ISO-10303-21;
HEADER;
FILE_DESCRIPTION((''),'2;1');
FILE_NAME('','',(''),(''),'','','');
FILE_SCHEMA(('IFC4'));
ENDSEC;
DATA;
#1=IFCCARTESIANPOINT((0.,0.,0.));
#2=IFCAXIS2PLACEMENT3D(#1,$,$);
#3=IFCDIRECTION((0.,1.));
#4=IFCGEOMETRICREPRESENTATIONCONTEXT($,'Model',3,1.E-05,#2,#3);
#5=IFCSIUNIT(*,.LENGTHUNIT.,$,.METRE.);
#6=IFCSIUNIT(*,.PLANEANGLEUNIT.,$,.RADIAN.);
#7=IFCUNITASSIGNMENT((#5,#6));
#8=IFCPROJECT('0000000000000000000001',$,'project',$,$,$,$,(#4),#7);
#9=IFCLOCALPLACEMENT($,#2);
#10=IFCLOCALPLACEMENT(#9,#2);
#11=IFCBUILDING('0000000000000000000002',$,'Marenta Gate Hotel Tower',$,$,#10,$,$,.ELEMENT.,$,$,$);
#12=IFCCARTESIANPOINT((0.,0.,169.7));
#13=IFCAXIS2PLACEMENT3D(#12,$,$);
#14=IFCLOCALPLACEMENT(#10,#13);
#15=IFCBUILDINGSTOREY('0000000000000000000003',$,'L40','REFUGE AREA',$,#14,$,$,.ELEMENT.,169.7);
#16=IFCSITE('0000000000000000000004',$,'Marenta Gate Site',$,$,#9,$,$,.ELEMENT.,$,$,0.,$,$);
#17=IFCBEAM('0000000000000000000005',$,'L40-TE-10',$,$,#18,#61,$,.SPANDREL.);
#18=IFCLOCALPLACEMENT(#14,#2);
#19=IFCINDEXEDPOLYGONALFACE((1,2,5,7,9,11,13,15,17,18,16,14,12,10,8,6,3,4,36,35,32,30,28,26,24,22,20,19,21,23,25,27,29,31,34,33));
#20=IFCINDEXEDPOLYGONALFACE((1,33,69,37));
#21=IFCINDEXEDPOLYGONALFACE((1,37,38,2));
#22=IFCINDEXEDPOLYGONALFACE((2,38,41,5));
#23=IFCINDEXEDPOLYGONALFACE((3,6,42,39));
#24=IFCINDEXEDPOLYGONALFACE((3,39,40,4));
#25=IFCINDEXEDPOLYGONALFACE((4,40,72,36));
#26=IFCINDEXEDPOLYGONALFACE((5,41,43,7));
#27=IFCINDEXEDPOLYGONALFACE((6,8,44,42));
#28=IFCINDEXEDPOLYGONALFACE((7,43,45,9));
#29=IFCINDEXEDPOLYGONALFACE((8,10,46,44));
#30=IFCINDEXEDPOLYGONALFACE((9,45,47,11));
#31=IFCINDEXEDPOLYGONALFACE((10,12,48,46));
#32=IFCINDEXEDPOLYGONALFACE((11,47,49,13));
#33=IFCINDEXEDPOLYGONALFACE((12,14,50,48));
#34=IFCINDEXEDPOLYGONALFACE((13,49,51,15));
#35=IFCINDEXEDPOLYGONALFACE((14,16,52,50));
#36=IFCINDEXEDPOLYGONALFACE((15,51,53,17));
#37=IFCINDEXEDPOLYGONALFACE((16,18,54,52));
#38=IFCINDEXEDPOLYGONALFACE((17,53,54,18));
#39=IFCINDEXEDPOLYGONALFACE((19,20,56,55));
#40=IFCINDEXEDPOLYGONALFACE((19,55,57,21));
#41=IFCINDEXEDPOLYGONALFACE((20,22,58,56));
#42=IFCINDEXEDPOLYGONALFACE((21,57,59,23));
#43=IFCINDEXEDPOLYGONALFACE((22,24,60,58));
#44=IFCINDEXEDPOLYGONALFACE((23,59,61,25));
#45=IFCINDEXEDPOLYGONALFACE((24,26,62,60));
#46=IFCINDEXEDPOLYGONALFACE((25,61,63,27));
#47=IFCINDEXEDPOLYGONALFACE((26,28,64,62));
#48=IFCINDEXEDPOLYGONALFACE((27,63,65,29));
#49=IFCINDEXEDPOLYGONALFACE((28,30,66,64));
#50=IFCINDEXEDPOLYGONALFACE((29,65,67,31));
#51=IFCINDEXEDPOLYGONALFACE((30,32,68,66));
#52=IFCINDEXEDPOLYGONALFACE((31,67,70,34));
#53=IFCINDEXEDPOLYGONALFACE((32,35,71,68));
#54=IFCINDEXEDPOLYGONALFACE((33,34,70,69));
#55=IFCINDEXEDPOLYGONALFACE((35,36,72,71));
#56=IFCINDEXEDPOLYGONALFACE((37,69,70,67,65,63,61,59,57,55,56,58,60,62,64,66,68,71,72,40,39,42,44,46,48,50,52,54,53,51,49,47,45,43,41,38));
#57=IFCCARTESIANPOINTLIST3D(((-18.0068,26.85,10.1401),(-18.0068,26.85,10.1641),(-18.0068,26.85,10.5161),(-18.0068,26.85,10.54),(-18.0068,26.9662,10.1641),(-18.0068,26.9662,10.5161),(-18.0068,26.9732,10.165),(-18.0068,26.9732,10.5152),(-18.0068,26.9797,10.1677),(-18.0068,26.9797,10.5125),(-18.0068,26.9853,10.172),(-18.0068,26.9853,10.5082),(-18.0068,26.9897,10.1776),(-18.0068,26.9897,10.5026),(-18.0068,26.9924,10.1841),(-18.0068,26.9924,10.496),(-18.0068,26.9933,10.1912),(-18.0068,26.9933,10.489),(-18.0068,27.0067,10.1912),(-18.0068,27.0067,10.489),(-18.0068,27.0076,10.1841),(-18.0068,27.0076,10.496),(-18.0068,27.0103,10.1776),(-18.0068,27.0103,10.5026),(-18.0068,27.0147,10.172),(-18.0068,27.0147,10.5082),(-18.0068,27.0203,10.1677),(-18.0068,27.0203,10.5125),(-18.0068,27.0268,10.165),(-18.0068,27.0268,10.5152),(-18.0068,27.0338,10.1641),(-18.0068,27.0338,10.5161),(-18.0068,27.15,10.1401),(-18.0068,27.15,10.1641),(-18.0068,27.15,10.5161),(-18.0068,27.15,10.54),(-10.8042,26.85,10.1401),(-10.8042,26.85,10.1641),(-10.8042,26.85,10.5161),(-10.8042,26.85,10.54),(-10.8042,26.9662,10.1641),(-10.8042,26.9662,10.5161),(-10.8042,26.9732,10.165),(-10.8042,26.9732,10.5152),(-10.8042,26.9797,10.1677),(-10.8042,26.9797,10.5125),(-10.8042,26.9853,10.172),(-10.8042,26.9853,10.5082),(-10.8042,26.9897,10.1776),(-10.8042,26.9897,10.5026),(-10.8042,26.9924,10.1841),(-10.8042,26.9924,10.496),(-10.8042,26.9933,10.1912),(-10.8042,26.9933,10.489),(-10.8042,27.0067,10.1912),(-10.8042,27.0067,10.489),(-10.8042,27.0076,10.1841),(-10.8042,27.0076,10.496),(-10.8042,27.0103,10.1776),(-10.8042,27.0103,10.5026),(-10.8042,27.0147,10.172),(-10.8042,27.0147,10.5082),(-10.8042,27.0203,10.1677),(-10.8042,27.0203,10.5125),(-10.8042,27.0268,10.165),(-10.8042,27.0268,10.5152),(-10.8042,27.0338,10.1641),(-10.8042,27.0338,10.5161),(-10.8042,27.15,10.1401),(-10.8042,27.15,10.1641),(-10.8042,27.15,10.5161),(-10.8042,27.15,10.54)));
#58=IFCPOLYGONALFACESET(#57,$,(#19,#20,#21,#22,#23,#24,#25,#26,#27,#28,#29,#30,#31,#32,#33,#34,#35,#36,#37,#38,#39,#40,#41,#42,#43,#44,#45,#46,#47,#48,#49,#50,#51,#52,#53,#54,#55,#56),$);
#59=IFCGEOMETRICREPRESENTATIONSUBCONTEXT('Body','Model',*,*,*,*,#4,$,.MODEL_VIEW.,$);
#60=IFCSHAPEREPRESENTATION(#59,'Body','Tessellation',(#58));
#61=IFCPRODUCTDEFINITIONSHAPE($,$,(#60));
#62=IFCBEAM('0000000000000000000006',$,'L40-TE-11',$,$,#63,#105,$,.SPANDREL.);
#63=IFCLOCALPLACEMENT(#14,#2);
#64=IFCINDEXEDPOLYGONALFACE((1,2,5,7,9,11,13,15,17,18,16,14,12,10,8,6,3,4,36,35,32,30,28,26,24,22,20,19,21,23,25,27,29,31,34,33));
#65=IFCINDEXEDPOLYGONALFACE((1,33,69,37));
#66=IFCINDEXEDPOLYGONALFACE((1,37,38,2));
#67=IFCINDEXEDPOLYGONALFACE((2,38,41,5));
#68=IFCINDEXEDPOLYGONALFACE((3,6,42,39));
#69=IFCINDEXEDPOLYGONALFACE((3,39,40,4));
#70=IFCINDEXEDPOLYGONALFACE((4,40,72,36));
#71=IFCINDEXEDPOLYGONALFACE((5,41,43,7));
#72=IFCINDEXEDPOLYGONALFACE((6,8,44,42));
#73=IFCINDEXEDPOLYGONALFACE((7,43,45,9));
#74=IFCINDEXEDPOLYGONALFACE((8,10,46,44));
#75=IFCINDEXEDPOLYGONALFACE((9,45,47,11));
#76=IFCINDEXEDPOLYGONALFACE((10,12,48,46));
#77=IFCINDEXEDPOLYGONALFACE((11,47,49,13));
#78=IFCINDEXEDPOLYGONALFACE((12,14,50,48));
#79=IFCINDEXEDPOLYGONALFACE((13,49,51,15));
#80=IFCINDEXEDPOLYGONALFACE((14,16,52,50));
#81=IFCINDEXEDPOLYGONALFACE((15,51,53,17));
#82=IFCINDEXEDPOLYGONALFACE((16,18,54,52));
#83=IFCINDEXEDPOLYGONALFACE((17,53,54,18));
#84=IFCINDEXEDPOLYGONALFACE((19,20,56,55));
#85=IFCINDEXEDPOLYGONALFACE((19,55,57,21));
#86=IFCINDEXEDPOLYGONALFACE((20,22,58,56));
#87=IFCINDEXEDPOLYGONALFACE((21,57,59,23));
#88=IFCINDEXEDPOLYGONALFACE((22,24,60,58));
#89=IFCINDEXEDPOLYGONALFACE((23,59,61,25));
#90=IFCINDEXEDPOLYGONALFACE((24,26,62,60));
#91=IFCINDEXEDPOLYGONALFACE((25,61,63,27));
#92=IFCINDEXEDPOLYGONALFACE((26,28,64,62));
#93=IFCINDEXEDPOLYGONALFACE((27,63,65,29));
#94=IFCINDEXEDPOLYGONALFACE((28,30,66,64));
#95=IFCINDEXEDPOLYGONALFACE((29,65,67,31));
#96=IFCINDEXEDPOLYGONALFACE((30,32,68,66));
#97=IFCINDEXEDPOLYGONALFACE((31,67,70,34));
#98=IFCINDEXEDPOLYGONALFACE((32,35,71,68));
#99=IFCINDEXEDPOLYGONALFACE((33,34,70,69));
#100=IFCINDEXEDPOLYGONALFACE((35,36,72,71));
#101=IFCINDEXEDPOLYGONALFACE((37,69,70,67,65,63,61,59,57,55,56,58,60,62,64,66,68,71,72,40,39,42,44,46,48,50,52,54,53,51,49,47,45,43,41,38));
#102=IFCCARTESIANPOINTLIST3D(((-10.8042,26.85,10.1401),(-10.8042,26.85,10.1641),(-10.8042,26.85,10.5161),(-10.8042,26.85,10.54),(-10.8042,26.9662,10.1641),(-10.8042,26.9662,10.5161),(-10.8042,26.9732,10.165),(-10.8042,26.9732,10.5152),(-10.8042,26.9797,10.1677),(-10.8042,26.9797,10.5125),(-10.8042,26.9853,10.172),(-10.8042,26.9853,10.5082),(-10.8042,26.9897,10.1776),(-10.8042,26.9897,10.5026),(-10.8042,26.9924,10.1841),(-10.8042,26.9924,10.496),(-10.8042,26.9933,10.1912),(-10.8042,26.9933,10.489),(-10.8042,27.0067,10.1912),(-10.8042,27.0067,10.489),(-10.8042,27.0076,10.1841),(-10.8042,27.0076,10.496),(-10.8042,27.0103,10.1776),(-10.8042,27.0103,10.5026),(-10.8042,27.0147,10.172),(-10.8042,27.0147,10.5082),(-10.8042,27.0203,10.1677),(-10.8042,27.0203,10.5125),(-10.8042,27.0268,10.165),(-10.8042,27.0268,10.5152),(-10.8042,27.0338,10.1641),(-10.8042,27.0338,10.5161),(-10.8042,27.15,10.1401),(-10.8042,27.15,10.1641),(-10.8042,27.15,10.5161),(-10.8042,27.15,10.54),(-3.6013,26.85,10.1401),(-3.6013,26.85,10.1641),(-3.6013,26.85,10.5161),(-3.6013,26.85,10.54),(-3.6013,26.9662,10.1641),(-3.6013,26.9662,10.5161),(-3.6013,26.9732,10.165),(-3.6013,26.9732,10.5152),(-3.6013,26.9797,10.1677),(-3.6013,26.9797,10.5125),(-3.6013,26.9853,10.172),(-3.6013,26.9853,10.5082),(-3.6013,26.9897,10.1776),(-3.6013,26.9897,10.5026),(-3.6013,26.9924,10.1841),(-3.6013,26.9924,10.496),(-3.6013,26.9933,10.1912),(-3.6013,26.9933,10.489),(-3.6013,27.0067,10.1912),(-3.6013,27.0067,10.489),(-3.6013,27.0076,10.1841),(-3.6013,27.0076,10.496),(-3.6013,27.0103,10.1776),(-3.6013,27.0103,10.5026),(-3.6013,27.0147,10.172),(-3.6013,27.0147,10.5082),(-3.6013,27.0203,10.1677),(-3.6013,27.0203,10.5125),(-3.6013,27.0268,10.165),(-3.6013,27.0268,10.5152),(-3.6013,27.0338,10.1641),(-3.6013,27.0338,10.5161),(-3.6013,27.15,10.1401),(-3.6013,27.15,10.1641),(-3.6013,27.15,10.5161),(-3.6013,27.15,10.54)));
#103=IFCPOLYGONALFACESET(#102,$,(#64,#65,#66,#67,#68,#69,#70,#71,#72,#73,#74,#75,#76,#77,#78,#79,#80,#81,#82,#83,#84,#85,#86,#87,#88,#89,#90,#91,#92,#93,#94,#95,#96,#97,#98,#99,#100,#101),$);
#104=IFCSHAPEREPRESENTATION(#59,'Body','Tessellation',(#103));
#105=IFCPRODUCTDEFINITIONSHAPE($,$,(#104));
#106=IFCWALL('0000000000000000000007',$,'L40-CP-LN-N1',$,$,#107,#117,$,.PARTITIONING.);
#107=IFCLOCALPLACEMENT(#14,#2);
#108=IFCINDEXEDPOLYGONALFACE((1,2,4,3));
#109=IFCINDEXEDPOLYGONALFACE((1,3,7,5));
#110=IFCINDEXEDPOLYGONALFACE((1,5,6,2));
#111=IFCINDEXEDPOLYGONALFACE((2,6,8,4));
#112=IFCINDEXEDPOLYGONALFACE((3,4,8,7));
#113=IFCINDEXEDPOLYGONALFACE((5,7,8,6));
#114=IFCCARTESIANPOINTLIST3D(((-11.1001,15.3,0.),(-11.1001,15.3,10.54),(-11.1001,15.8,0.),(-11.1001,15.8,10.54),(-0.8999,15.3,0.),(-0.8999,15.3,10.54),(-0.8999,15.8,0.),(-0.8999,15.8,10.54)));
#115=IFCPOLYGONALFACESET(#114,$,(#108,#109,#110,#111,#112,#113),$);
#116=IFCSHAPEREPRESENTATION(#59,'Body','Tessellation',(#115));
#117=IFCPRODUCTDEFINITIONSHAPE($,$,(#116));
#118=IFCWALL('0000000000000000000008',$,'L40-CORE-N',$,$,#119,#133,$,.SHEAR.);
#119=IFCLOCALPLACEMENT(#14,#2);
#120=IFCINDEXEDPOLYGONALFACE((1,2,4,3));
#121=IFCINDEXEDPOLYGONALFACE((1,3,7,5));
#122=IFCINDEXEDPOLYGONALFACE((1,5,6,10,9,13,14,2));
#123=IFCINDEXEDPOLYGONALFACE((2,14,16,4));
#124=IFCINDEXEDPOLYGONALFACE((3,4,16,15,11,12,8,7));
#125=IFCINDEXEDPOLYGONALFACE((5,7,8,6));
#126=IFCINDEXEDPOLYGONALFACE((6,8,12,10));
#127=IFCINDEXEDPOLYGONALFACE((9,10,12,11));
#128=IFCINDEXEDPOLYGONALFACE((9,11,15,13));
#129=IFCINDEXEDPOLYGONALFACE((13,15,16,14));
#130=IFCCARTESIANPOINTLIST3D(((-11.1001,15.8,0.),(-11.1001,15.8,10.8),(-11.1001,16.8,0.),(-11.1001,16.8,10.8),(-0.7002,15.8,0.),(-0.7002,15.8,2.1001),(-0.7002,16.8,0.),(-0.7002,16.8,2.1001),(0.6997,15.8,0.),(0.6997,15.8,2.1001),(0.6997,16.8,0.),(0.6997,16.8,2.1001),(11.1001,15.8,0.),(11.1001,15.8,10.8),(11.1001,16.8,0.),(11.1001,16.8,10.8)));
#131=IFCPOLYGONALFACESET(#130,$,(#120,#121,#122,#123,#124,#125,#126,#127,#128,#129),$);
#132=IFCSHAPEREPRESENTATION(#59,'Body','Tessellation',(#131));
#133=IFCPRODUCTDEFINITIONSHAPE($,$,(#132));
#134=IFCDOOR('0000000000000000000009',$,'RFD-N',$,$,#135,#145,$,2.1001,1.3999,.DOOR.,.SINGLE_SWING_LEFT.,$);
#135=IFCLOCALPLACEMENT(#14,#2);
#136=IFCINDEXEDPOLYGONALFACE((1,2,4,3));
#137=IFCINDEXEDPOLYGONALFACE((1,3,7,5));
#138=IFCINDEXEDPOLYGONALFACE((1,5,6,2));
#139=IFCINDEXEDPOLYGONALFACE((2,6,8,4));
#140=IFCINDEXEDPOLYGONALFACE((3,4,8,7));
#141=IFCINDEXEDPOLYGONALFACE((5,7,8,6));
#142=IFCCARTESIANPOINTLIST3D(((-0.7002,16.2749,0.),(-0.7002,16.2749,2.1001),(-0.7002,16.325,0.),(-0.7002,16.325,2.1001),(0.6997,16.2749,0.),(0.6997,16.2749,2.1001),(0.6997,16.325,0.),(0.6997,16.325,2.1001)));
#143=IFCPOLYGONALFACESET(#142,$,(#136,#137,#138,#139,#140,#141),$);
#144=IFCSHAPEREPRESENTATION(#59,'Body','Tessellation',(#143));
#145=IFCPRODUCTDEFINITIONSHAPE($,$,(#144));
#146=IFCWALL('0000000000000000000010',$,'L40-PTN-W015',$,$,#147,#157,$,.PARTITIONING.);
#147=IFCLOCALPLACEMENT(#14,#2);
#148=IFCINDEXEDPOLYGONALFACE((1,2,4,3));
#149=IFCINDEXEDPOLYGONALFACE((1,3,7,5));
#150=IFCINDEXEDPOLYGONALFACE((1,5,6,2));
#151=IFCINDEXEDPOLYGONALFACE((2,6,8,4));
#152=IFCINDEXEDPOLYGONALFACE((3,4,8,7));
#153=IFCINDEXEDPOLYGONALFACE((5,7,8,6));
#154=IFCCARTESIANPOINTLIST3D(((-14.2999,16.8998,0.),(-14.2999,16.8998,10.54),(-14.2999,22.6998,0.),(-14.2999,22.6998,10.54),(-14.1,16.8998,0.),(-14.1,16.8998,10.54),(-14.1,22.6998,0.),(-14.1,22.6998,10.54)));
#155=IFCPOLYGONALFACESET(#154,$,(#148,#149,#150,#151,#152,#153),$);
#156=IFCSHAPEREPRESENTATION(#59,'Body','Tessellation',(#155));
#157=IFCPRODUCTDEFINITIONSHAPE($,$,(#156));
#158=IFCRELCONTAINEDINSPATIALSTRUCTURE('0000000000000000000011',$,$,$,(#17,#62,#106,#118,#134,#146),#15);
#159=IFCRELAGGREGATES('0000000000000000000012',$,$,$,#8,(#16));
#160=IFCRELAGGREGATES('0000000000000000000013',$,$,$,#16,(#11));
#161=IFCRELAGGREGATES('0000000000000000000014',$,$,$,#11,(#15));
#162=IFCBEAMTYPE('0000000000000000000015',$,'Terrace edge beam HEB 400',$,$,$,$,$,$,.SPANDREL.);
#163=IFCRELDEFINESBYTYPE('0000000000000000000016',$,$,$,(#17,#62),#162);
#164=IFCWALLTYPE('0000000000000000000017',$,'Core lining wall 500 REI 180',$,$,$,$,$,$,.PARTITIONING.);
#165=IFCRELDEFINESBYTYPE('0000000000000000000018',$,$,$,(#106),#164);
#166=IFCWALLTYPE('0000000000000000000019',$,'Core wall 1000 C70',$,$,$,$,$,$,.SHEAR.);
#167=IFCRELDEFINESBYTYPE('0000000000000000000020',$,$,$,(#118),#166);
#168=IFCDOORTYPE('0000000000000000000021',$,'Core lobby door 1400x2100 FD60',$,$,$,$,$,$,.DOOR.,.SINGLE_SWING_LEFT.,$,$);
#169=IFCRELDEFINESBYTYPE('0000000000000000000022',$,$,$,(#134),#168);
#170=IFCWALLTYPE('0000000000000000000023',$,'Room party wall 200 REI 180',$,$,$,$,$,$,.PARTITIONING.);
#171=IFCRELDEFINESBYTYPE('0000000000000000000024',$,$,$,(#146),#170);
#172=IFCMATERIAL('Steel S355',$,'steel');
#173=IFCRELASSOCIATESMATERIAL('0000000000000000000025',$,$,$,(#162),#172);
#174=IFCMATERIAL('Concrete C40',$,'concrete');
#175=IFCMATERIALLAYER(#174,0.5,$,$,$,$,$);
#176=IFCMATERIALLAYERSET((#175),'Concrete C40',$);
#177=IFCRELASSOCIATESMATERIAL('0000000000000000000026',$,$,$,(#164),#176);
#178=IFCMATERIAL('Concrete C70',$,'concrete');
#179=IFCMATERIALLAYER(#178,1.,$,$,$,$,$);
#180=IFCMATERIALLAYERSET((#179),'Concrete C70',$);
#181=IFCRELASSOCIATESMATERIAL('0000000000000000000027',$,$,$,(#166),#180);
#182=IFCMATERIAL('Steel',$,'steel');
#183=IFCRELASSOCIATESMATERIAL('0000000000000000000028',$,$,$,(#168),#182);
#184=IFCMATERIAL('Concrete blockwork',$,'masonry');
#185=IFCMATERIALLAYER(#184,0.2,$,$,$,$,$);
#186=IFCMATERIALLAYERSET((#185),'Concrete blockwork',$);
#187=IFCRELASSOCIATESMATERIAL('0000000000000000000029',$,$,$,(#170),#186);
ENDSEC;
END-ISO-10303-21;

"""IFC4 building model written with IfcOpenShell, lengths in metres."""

from ifc_helpers import new_model, si_unit, direction, frame, frame_2d, origin, origin_2d, place, context, subcontext, project, spatial, rectangle, i_section, extrude, material, layer, layer_set, material_profile, profile_set, type_object, element, fill, save


model = new_model("IFC4")

# Units and contexts
model_context = context("Model", 3, precision=1e-05, world=origin(), true_north=direction((0.0, 1.0)))
body_context = subcontext(model_context, "Body", "Model", "MODEL_VIEW")
ifc_project = project(units=[si_unit("LENGTHUNIT", "METRE"), si_unit("PLANEANGLEUNIT", "RADIAN")], contexts=[model_context])

# Site, building, storey
site_placement = place(None, origin())
site = spatial("IfcSite", under=ifc_project, at=site_placement, Name="Marenta Gate Site", CompositionType="ELEMENT", RefElevation=0.0)
building_placement = place(site_placement, origin())
building = spatial("IfcBuilding", under=site, at=building_placement, Name="Marenta Gate Hotel Tower", CompositionType="ELEMENT")
storey_placement = place(building_placement, frame((0.0, 0.0, 169.7)))
storey = spatial("IfcBuildingStorey", under=building, at=storey_placement, Name="L40", Description="REFUGE AREA", CompositionType="ELEMENT", Elevation=169.7)

# Beams
ifc_material_1 = material(Name="Steel S355", Category="steel")
ifc_material_profile_1 = material_profile(ifc_material_1, i_section(OverallWidth=0.3, OverallDepth=0.3999, WebThickness=0.0134, FlangeThickness=0.0239, FilletRadius=0.0271, at=origin_2d()), Name="HEB 400")
ifc_profile_set_1 = profile_set([ifc_material_profile_1], Name="Steel S355")
beam_type_1 = type_object("IfcBeamType", Name="Terrace edge beam HEB 400", PredefinedType="SPANDREL", material=ifc_profile_set_1)
beam_1_placement = place(storey_placement, frame((-18.0068, 27.0, 10.3401), z_axis=(1.0, 0.0, 0.0), x_axis=(0.0, 1.0, 0.0)))
element("IfcBeam", 1, at=beam_1_placement, inside=storey, type_object=beam_type_1, Name="L40-TE-10", PredefinedType="SPANDREL", context=body_context, shape_type="SweptSolid", body=[
    extrude(i_section(OverallWidth=0.3, OverallDepth=0.3999, WebThickness=0.0134, FlangeThickness=0.0239, FilletRadius=0.0271, at=origin_2d()), origin(), (0.0, 0.0, 1.0), 7.2026),
])
beam_2_placement = place(storey_placement, frame((-10.8042, 27.0, 10.3401), z_axis=(1.0, 0.0, 0.0), x_axis=(0.0, 1.0, 0.0)))
element("IfcBeam", 2, at=beam_2_placement, inside=storey, type_object=beam_type_1, Name="L40-TE-11", PredefinedType="SPANDREL", context=body_context, shape_type="SweptSolid", body=[
    extrude(i_section(OverallWidth=0.3, OverallDepth=0.3999, WebThickness=0.0134, FlangeThickness=0.0239, FilletRadius=0.0271, at=origin_2d()), origin(), (0.0, 0.0, 1.0), 7.2029),
])

# Wall
ifc_material_2 = material(Name="Concrete C40", Category="concrete")
ifc_layer_1 = layer(ifc_material_2, 0.5)
ifc_layer_set_1 = layer_set([ifc_layer_1], Name="Concrete C40")
wall_type_1 = type_object("IfcWallType", Name="Core lining wall 500 REI 180", PredefinedType="PARTITIONING", material=ifc_layer_set_1)
wall_1_placement = place(storey_placement, frame((-11.1001, 15.55, 0.0), z_axis=(0.0, 0.0, 1.0), x_axis=(1.0, 0.0, 0.0)))
element("IfcWall", 3, at=wall_1_placement, inside=storey, type_object=wall_type_1, Name="L40-CP-LN-N1", PredefinedType="PARTITIONING", context=body_context, shape_type="SweptSolid", body=[
    extrude(rectangle(XDim=10.2002, YDim=0.5, at=frame_2d((5.1001, 0.0))), origin(), (0.0, 0.0, 1.0), 10.54),
])

# Wall, opening, door
ifc_material_3 = material(Name="Concrete C70", Category="concrete")
ifc_layer_2 = layer(ifc_material_3, 1.0)
ifc_layer_set_2 = layer_set([ifc_layer_2], Name="Concrete C70")
wall_type_2 = type_object("IfcWallType", Name="Core wall 1000 C70", PredefinedType="SHEAR", material=ifc_layer_set_2)
wall_2_placement = place(storey_placement, frame((-11.1001, 16.3, 0.0), z_axis=(0.0, 0.0, 1.0), x_axis=(1.0, 0.0, 0.0)))
wall_2 = element("IfcWall", 4, at=wall_2_placement, inside=storey, type_object=wall_type_2, Name="L40-CORE-N", PredefinedType="SHEAR", context=body_context, shape_type="SweptSolid", body=[
    extrude(rectangle(XDim=22.2002, YDim=1.0, at=frame_2d((11.1001, 0.0))), origin(), (0.0, 0.0, 1.0), 10.8),
])
opening_1_placement = place(wall_2_placement, frame((10.3999, 0.0, 0.0)))
opening_1 = element("IfcOpeningElement", 5, at=opening_1_placement, cuts=wall_2, PredefinedType="OPENING", context=body_context, shape_type="SweptSolid", body=[
    extrude(rectangle(XDim=1.3999, YDim=2.1001, at=frame_2d((0.7, 1.05))), frame((0.0, 0.5, 0.0), z_axis=(0.0, -1.0, 0.0), x_axis=(1.0, 0.0, 0.0)), (0.0, 0.0, 1.0), 1.0),
])
ifc_material_4 = material(Name="Steel", Category="steel")
door_type_1 = type_object("IfcDoorType", Name="Core lobby door 1400x2100 FD60", OperationType="SINGLE_SWING_LEFT", PredefinedType="DOOR", material=ifc_material_4)
door_1_placement = place(opening_1_placement, origin())
door_1 = element("IfcDoor", 6, at=door_1_placement, inside=storey, type_object=door_type_1, Name="RFD-N", OperationType="SINGLE_SWING_LEFT", OverallHeight=2.1001, OverallWidth=1.3999, PredefinedType="DOOR", context=body_context, shape_type="SweptSolid", body=[
    extrude(rectangle(XDim=1.3999, YDim=2.1001, at=frame_2d((0.7, 1.05))), frame((0.0, 0.0249, 0.0), z_axis=(0.0, -1.0, 0.0), x_axis=(1.0, 0.0, 0.0)), (0.0, 0.0, 1.0), 0.05),
])
fill(opening_1, door_1)

# Wall
ifc_material_5 = material(Name="Concrete blockwork", Category="masonry")
ifc_layer_3 = layer(ifc_material_5, 0.2)
ifc_layer_set_3 = layer_set([ifc_layer_3], Name="Concrete blockwork")
wall_type_3 = type_object("IfcWallType", Name="Room party wall 200 REI 180", PredefinedType="PARTITIONING", material=ifc_layer_set_3)
wall_3_placement = place(storey_placement, frame((-14.2, 16.8999, 0.0), z_axis=(0.0, 0.0, 1.0), x_axis=(0.0, 1.0, 0.0)))
element("IfcWall", 7, at=wall_3_placement, inside=storey, type_object=wall_type_3, Name="L40-PTN-W015", PredefinedType="PARTITIONING", context=body_context, shape_type="SweptSolid", body=[
    extrude(rectangle(XDim=5.8, YDim=0.2, at=frame_2d((2.8999, 0.0))), origin(), (0.0, 0.0, 1.0), 10.54),
])

save(model, "model.ifc")
